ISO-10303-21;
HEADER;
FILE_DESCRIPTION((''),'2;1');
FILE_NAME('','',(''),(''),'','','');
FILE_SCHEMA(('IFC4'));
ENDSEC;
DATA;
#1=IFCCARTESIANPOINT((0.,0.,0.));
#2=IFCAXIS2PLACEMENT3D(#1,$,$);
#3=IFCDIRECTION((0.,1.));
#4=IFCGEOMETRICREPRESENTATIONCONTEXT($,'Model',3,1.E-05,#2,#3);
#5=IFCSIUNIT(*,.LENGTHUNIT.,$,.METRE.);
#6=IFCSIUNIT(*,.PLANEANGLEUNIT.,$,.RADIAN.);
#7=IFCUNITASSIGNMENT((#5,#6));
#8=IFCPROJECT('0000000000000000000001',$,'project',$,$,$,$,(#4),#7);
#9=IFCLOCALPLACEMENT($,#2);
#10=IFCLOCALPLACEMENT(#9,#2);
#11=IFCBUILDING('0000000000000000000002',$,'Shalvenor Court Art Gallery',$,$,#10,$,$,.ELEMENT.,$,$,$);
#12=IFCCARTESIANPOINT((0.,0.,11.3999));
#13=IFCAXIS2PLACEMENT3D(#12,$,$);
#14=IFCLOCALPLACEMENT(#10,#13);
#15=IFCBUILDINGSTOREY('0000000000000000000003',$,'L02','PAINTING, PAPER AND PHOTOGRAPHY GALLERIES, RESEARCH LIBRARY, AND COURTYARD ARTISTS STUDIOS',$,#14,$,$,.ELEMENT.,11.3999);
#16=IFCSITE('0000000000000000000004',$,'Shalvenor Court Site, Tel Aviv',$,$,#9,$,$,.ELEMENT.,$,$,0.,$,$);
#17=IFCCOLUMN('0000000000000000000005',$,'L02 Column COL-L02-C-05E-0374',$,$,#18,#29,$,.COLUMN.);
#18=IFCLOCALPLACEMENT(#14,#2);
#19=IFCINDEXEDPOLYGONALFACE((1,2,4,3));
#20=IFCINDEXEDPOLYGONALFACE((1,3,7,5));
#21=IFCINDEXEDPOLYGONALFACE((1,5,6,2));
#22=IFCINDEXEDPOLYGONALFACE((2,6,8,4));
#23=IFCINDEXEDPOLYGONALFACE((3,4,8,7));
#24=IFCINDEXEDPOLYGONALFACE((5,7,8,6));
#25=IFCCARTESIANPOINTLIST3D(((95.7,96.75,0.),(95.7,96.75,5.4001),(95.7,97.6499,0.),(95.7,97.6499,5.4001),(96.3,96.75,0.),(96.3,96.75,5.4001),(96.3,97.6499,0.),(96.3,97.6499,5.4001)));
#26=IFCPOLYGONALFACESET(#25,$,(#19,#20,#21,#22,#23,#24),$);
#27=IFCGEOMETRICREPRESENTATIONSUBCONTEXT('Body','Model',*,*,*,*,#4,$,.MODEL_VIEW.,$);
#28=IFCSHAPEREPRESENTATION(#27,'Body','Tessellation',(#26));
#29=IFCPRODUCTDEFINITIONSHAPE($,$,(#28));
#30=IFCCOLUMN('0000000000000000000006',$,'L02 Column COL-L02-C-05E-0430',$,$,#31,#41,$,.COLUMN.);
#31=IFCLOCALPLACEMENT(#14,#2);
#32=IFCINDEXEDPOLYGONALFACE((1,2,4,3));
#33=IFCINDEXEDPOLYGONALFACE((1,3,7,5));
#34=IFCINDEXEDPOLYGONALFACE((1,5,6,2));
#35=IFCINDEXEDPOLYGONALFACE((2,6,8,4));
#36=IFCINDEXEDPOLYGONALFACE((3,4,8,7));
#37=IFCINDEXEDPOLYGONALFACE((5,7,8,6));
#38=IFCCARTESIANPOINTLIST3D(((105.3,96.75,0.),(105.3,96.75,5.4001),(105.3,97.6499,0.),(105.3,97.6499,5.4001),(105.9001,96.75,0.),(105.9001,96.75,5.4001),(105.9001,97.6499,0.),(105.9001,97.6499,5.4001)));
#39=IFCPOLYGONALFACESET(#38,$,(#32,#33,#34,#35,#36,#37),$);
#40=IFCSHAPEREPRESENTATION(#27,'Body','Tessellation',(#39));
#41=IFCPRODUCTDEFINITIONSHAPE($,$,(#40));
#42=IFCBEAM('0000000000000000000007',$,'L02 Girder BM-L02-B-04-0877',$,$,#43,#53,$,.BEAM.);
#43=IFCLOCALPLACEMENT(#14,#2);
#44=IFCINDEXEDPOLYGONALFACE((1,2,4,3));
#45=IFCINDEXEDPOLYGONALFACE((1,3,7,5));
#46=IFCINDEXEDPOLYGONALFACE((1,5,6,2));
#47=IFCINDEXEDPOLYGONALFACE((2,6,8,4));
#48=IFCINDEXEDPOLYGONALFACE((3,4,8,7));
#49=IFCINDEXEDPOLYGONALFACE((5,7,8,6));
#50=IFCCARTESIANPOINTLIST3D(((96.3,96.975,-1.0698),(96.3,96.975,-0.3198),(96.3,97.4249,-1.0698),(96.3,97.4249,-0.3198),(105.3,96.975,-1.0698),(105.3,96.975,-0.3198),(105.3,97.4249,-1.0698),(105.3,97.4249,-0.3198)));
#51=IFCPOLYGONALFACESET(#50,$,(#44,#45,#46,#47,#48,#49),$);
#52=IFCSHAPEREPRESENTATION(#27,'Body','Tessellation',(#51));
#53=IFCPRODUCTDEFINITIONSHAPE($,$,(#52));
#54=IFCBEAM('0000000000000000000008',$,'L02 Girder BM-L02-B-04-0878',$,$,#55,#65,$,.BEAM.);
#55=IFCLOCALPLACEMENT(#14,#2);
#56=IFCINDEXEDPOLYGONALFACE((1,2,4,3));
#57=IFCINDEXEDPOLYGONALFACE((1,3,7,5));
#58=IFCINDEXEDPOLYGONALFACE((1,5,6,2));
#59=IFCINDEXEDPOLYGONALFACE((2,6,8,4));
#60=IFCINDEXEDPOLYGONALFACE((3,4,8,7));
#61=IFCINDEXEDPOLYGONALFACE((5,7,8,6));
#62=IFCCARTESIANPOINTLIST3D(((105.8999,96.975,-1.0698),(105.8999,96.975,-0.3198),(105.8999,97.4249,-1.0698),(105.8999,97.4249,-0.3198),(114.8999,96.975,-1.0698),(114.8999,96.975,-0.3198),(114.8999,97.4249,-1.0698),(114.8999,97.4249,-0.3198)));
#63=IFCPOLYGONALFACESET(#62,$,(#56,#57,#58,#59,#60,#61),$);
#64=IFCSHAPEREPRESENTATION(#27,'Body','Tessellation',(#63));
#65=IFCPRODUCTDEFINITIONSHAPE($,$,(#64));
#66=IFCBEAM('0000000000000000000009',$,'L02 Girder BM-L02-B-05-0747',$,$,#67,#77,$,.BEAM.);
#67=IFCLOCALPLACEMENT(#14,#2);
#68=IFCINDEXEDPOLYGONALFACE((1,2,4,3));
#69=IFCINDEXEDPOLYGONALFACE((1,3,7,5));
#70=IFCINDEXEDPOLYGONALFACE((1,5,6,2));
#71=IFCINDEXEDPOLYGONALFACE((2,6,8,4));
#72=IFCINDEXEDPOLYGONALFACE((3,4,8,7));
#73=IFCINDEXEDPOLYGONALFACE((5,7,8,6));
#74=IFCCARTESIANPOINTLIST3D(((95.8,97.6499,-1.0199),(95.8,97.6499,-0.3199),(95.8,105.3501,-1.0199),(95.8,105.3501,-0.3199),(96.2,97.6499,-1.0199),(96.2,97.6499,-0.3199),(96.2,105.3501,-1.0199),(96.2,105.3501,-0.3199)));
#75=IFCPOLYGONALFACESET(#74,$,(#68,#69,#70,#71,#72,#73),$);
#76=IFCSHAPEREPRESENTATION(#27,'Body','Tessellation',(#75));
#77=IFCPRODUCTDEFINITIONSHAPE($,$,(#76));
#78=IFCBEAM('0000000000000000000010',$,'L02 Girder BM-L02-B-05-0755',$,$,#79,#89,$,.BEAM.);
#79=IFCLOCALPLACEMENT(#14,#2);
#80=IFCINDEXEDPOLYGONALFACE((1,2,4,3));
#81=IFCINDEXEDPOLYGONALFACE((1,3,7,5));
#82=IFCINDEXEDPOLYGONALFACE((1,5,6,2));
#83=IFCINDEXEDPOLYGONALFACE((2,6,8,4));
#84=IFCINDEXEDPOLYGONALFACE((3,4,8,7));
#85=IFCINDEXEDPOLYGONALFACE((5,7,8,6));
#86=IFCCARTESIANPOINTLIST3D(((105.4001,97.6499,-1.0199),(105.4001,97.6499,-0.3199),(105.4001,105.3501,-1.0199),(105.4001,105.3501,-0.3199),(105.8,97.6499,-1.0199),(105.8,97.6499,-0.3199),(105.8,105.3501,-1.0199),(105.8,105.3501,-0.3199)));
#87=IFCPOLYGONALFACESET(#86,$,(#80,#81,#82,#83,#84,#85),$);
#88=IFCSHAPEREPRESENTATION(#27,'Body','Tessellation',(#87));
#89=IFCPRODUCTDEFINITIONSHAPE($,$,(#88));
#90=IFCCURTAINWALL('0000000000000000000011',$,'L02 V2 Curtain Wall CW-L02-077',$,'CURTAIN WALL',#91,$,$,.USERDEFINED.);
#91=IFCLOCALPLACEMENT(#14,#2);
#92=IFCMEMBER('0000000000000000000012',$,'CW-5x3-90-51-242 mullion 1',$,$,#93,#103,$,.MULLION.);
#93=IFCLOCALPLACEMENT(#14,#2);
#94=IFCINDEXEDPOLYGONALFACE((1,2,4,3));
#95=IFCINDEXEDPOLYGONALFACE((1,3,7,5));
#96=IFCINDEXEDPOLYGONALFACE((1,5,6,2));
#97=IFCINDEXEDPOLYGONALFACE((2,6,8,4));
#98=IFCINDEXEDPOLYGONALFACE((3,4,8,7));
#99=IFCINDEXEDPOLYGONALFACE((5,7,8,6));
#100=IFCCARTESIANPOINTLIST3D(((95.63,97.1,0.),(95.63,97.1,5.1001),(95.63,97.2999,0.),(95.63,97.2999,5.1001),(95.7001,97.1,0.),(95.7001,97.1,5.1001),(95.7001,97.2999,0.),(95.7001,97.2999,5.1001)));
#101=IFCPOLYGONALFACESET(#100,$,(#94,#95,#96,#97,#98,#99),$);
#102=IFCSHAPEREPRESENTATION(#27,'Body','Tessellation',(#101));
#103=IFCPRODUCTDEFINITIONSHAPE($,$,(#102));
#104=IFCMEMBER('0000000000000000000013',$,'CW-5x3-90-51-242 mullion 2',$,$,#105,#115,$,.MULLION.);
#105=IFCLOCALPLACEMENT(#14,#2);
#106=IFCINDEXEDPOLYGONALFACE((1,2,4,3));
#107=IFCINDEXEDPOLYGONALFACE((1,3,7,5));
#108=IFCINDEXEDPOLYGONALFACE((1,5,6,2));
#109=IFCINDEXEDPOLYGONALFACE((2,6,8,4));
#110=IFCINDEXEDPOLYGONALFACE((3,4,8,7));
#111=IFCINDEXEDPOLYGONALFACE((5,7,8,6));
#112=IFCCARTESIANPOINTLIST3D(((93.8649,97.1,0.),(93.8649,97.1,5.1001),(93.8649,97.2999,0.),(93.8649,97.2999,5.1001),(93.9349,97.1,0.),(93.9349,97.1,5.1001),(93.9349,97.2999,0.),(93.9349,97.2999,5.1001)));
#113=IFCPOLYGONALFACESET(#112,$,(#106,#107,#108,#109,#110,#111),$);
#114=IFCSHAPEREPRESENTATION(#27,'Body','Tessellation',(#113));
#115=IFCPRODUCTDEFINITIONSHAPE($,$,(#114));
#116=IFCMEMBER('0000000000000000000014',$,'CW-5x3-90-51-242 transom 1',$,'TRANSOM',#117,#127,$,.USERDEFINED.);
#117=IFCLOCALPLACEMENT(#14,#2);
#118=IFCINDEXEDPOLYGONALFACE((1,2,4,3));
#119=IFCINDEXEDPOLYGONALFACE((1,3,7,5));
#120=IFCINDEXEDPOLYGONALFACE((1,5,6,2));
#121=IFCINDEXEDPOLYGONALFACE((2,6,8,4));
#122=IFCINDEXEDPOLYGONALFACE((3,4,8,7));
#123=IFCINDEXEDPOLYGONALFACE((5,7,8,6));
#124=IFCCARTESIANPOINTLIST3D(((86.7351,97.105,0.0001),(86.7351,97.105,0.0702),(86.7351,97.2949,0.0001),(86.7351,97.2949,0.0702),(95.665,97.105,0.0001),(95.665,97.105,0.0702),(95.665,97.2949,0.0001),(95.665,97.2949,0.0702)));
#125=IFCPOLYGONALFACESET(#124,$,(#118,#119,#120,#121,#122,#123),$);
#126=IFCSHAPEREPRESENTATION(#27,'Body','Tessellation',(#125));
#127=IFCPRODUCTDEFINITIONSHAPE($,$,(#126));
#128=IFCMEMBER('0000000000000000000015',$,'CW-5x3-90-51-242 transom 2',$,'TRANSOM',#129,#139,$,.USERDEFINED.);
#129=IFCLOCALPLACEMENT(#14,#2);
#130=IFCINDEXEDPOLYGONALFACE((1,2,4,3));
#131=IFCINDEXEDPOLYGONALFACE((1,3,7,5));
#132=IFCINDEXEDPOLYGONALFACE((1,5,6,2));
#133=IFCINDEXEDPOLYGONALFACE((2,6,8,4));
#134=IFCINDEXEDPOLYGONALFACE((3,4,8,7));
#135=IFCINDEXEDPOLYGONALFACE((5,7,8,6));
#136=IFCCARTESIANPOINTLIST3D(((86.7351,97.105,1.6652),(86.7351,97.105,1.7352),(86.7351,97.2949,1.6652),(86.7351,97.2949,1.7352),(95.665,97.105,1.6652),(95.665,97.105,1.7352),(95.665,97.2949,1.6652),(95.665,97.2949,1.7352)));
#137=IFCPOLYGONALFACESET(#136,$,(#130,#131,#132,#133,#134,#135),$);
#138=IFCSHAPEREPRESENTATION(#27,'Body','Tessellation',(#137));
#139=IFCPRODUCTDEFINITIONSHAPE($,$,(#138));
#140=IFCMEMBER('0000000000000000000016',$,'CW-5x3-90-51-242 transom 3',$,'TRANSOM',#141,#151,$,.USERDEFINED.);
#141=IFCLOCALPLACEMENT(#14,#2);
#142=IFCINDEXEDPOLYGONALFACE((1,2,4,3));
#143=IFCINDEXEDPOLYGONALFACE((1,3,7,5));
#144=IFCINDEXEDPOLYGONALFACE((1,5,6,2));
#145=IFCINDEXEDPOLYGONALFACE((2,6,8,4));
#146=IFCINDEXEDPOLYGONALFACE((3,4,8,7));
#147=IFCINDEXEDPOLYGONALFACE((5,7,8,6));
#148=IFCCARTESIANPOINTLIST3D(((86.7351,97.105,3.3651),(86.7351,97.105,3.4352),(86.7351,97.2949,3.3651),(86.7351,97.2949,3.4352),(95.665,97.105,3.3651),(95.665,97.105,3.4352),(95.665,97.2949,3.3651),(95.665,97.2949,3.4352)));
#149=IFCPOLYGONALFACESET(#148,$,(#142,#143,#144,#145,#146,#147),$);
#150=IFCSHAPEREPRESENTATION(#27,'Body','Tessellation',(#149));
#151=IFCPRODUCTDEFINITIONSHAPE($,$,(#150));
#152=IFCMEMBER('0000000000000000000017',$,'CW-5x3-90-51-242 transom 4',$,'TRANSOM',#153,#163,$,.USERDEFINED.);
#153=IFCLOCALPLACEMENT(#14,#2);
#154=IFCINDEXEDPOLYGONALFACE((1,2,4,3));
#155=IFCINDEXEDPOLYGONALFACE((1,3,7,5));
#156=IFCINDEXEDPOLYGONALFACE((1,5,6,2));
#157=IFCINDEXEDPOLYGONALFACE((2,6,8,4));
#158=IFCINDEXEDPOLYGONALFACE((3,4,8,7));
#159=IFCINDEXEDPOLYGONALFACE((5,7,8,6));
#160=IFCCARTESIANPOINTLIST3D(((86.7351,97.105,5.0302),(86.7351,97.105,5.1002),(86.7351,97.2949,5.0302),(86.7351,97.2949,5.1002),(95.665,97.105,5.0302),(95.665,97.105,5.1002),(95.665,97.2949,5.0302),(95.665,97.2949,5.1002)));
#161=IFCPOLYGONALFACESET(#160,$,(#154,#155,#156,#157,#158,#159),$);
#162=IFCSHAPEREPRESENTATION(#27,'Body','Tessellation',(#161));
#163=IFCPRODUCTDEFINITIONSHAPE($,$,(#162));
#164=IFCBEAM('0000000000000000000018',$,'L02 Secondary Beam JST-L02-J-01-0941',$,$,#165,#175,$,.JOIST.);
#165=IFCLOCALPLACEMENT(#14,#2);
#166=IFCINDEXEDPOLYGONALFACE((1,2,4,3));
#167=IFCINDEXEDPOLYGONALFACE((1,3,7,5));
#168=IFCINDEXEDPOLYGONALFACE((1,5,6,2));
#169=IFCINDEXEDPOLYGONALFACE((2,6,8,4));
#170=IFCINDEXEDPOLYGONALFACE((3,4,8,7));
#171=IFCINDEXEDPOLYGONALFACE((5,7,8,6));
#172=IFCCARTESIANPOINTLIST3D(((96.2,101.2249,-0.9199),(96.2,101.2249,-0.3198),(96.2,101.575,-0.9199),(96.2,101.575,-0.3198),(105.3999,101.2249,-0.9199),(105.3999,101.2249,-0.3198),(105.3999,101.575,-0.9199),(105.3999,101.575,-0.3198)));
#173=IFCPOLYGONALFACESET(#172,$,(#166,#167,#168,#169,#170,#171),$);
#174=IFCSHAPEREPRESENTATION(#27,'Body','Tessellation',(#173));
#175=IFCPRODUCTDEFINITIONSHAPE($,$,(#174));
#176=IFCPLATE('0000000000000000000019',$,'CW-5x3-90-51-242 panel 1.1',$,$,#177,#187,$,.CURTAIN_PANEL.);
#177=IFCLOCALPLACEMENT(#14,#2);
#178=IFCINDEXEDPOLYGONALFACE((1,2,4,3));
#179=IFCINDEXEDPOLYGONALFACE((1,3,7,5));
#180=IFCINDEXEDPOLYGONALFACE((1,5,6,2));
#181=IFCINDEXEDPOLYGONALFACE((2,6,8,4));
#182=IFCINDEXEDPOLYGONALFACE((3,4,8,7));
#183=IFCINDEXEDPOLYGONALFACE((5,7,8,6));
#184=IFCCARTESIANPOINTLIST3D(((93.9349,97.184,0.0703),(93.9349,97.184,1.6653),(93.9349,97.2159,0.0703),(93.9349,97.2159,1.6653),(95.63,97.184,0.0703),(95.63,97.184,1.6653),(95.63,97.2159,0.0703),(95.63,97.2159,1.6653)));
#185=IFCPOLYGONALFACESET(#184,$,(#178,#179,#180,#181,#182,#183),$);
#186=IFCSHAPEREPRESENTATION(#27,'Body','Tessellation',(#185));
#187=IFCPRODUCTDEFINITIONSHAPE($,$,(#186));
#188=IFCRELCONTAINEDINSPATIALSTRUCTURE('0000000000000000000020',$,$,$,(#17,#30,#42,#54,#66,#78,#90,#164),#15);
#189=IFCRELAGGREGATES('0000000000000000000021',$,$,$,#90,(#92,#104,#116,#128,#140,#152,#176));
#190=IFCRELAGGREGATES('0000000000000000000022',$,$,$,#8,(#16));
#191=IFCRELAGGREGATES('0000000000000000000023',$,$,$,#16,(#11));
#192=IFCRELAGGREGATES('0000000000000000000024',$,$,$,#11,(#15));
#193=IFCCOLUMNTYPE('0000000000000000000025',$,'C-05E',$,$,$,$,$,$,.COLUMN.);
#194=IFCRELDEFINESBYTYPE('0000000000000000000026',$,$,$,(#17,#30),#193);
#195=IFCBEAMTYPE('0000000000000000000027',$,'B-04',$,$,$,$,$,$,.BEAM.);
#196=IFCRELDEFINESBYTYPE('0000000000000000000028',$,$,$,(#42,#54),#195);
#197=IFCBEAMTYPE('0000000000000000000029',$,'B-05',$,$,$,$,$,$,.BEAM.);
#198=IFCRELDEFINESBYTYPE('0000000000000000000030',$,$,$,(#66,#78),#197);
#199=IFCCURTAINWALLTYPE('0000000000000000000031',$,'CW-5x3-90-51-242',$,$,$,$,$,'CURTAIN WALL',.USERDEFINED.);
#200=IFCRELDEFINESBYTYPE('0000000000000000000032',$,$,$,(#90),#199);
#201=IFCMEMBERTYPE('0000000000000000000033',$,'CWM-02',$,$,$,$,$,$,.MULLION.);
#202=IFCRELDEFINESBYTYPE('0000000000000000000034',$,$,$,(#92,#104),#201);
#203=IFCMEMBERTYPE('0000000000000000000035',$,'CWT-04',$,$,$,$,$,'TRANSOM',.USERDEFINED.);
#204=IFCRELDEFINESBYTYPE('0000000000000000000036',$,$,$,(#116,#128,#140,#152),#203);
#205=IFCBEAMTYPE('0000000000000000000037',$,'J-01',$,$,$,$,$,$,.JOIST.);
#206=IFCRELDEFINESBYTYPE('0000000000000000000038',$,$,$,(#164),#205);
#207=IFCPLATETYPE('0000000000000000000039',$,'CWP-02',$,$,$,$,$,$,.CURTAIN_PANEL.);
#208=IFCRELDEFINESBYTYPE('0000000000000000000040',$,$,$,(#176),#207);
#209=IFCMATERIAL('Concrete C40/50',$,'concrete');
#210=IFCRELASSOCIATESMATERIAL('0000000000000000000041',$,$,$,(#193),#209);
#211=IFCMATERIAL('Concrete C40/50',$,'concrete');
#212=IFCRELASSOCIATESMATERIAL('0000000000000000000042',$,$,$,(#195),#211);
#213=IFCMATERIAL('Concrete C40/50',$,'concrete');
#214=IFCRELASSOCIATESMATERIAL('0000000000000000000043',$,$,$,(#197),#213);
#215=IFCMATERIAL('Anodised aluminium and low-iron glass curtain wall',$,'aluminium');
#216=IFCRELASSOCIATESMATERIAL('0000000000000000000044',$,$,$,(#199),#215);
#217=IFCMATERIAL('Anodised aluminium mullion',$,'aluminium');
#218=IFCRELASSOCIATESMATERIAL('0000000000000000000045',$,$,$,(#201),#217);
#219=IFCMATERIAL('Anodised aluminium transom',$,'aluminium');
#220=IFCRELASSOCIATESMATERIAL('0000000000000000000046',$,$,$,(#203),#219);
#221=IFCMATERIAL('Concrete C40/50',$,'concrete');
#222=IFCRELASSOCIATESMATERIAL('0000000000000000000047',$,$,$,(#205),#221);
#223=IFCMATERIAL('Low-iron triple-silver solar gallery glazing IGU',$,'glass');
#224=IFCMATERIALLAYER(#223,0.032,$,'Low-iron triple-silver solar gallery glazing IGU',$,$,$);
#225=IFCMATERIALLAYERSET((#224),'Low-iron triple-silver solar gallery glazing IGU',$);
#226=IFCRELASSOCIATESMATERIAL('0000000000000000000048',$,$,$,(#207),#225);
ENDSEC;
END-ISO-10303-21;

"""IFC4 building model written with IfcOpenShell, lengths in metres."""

from ifc_helpers import new_model, si_unit, direction, frame, origin, origin_2d, place, context, subcontext, project, spatial, rectangle, extrude, material, layer, layer_set, material_profile, profile_set, type_object, element, aggregate, save


model = new_model("IFC4")

# Units and contexts
model_context = context("Model", 3, precision=1e-05, world=origin(), true_north=direction((0.0, 1.0)))
body_context = subcontext(model_context, "Body", "Model", "MODEL_VIEW")
ifc_project = project(units=[si_unit("LENGTHUNIT", "METRE"), si_unit("PLANEANGLEUNIT", "RADIAN")], contexts=[model_context])

# Site, building, storey
site_placement = place(None, origin())
site = spatial("IfcSite", under=ifc_project, at=site_placement, Name="Shalvenor Court Site, Tel Aviv", CompositionType="ELEMENT", RefElevation=0.0)
building_placement = place(site_placement, origin())
building = spatial("IfcBuilding", under=site, at=building_placement, Name="Shalvenor Court Art Gallery", CompositionType="ELEMENT")
storey_placement = place(building_placement, frame((0.0, 0.0, 11.3999)))
storey = spatial("IfcBuildingStorey", under=building, at=storey_placement, Name="L02", Description="PAINTING, PAPER AND PHOTOGRAPHY GALLERIES, RESEARCH LIBRARY, AND COURTYARD ARTISTS STUDIOS", CompositionType="ELEMENT", Elevation=11.3999)

# Columns
ifc_material_1 = material(Name="Concrete C40/50", Category="concrete")
ifc_material_profile_1 = material_profile(ifc_material_1, rectangle(XDim=0.6001, YDim=0.8999, at=origin_2d()), Name="RC 600x900")
ifc_profile_set_1 = profile_set([ifc_material_profile_1], Name="Concrete C40/50")
column_type = type_object("IfcColumnType", Name="C-05E", PredefinedType="COLUMN", material=ifc_profile_set_1)
for number, where, z_axis, x_axis, name in (
    (1, (96.0, 97.2, 0.0), (0.0, 0.0, 1.0), (1.0, 0.0, 0.0), "L02 Column COL-L02-C-05E-0374"),
    (2, (105.6001, 97.2, 0.0), (0.0, 0.0, 1.0), (1.0, 0.0, 0.0), "L02 Column COL-L02-C-05E-0430"),
):
    element("IfcColumn", number, at=place(storey_placement, frame(where, z_axis=z_axis, x_axis=x_axis)), inside=storey, type_object=column_type, Name=name, PredefinedType="COLUMN", context=body_context, shape_type="SweptSolid", body=[
        extrude(rectangle(XDim=0.6001, YDim=0.8999, at=origin_2d()), origin(), (0.0, 0.0, 1.0), 5.4001),
    ])

# Beams
ifc_material_2 = material(Name="Concrete C40/50", Category="concrete")
ifc_material_profile_2 = material_profile(ifc_material_2, rectangle(XDim=0.45, YDim=0.75, at=origin_2d()), Name="RC 450x750")
ifc_profile_set_2 = profile_set([ifc_material_profile_2], Name="Concrete C40/50")
beam_type_1 = type_object("IfcBeamType", Name="B-04", PredefinedType="BEAM", material=ifc_profile_set_2)
for number, where, z_axis, x_axis, name in (
    (3, (96.3, 97.2, -0.6948), (1.0, 0.0, 0.0), (0.0, 1.0, 0.0), "L02 Girder BM-L02-B-04-0877"),
    (4, (105.8999, 97.2, -0.6948), (1.0, 0.0, 0.0), (0.0, 1.0, 0.0), "L02 Girder BM-L02-B-04-0878"),
):
    element("IfcBeam", number, at=place(storey_placement, frame(where, z_axis=z_axis, x_axis=x_axis)), inside=storey, type_object=beam_type_1, Name=name, PredefinedType="BEAM", context=body_context, shape_type="SweptSolid", body=[
        extrude(rectangle(XDim=0.45, YDim=0.75, at=origin_2d()), origin(), (0.0, 0.0, 1.0), 9.0),
    ])
ifc_material_3 = material(Name="Concrete C40/50", Category="concrete")
ifc_material_profile_3 = material_profile(ifc_material_3, rectangle(XDim=0.3999, YDim=0.7, at=origin_2d()), Name="RC 400x700")
ifc_profile_set_3 = profile_set([ifc_material_profile_3], Name="Concrete C40/50")
beam_type_2 = type_object("IfcBeamType", Name="B-05", PredefinedType="BEAM", material=ifc_profile_set_3)
for number, where, z_axis, x_axis, name in (
    (5, (96.0, 97.6499, -0.6699), (0.0, 1.0, 0.0), (-1.0, 0.0, 0.0), "L02 Girder BM-L02-B-05-0747"),
    (6, (105.6001, 97.6499, -0.6699), (0.0, 1.0, 0.0), (-1.0, 0.0, 0.0), "L02 Girder BM-L02-B-05-0755"),
):
    element("IfcBeam", number, at=place(storey_placement, frame(where, z_axis=z_axis, x_axis=x_axis)), inside=storey, type_object=beam_type_2, Name=name, PredefinedType="BEAM", context=body_context, shape_type="SweptSolid", body=[
        extrude(rectangle(XDim=0.3999, YDim=0.7, at=origin_2d()), origin(), (0.0, 0.0, 1.0), 7.7002),
    ])

# Curtain wall, members
ifc_material_4 = material(Name="Anodised aluminium and low-iron glass curtain wall", Category="aluminium")
curtain_wall_type = type_object("IfcCurtainWallType", Name="CW-5x3-90-51-242", ElementType="CURTAIN WALL", PredefinedType="USERDEFINED", material=ifc_material_4)
curtain_wall_placement = place(storey_placement, origin())
curtain_wall = element("IfcCurtainWall", 7, at=curtain_wall_placement, inside=storey, type_object=curtain_wall_type, Name="L02 V2 Curtain Wall CW-L02-077", ObjectType="CURTAIN WALL", PredefinedType="USERDEFINED")
ifc_material_5 = material(Name="Anodised aluminium mullion", Category="aluminium")
ifc_material_profile_4 = material_profile(ifc_material_5, rectangle(XDim=0.0701, YDim=0.2, at=origin_2d()), Name="CWM-02")
ifc_profile_set_4 = profile_set([ifc_material_profile_4], Name="Anodised aluminium mullion")
member_type_1 = type_object("IfcMemberType", Name="CWM-02", PredefinedType="MULLION", material=ifc_profile_set_4)
member_1_placement = place(storey_placement, frame((95.665, 97.2, 0.0), z_axis=(0.0, 0.0, 1.0), x_axis=(-1.0, 0.0, 0.0)))
member_1 = element("IfcMember", 8, at=member_1_placement, type_object=member_type_1, Name="CW-5x3-90-51-242 mullion 1", PredefinedType="MULLION", context=body_context, shape_type="SweptSolid", body=[
    extrude(rectangle(XDim=0.0701, YDim=0.2, at=origin_2d()), origin(), (0.0, 0.0, 1.0), 5.1001),
])
member_2_placement = place(storey_placement, frame((93.8999, 97.2, 0.0), z_axis=(0.0, 0.0, 1.0), x_axis=(-1.0, 0.0, 0.0)))
member_2 = element("IfcMember", 9, at=member_2_placement, type_object=member_type_1, Name="CW-5x3-90-51-242 mullion 2", PredefinedType="MULLION", context=body_context, shape_type="SweptSolid", body=[
    extrude(rectangle(XDim=0.0701, YDim=0.2, at=origin_2d()), origin(), (0.0, 0.0, 1.0), 5.1001),
])
ifc_material_6 = material(Name="Anodised aluminium transom", Category="aluminium")
ifc_material_profile_5 = material_profile(ifc_material_6, rectangle(XDim=0.1899, YDim=0.0701, at=origin_2d()), Name="CWT-04")
ifc_profile_set_5 = profile_set([ifc_material_profile_5], Name="Anodised aluminium transom")
member_type_2 = type_object("IfcMemberType", Name="CWT-04", ElementType="TRANSOM", PredefinedType="USERDEFINED", material=ifc_profile_set_5)
member_3_placement = place(storey_placement, frame((95.665, 97.2, 0.0352), z_axis=(-1.0, 0.0, 0.0), x_axis=(0.0, -1.0, 0.0)))
member_3 = element("IfcMember", 10, at=member_3_placement, type_object=member_type_2, Name="CW-5x3-90-51-242 transom 1", ObjectType="TRANSOM", PredefinedType="USERDEFINED", context=body_context, shape_type="SweptSolid", body=[
    extrude(rectangle(XDim=0.1899, YDim=0.0701, at=origin_2d()), origin(), (0.0, 0.0, 1.0), 8.9299),
])
member_4_placement = place(storey_placement, frame((95.665, 97.2, 1.7002), z_axis=(-1.0, 0.0, 0.0), x_axis=(0.0, -1.0, 0.0)))
member_4 = element("IfcMember", 11, at=member_4_placement, type_object=member_type_2, Name="CW-5x3-90-51-242 transom 2", ObjectType="TRANSOM", PredefinedType="USERDEFINED", context=body_context, shape_type="SweptSolid", body=[
    extrude(rectangle(XDim=0.1899, YDim=0.0701, at=origin_2d()), origin(), (0.0, 0.0, 1.0), 8.9299),
])
member_5_placement = place(storey_placement, frame((95.665, 97.2, 3.4001), z_axis=(-1.0, 0.0, 0.0), x_axis=(0.0, -1.0, 0.0)))
member_5 = element("IfcMember", 12, at=member_5_placement, type_object=member_type_2, Name="CW-5x3-90-51-242 transom 3", ObjectType="TRANSOM", PredefinedType="USERDEFINED", context=body_context, shape_type="SweptSolid", body=[
    extrude(rectangle(XDim=0.1899, YDim=0.0701, at=origin_2d()), origin(), (0.0, 0.0, 1.0), 8.9299),
])
member_6_placement = place(storey_placement, frame((95.665, 97.2, 5.0652), z_axis=(-1.0, 0.0, 0.0), x_axis=(0.0, -1.0, 0.0)))
member_6 = element("IfcMember", 13, at=member_6_placement, type_object=member_type_2, Name="CW-5x3-90-51-242 transom 4", ObjectType="TRANSOM", PredefinedType="USERDEFINED", context=body_context, shape_type="SweptSolid", body=[
    extrude(rectangle(XDim=0.1899, YDim=0.0701, at=origin_2d()), origin(), (0.0, 0.0, 1.0), 8.9299),
])

# Beam
ifc_material_7 = material(Name="Concrete C40/50", Category="concrete")
ifc_material_profile_6 = material_profile(ifc_material_7, rectangle(XDim=0.3501, YDim=0.6001, at=origin_2d()), Name="RC 350x600")
ifc_profile_set_6 = profile_set([ifc_material_profile_6], Name="Concrete C40/50")
beam_type_3 = type_object("IfcBeamType", Name="J-01", PredefinedType="JOIST", material=ifc_profile_set_6)
beam_placement = place(storey_placement, frame((96.2, 101.3999, -0.6199), z_axis=(1.0, 0.0, 0.0), x_axis=(0.0, 1.0, 0.0)))
element("IfcBeam", 14, at=beam_placement, inside=storey, type_object=beam_type_3, Name="L02 Secondary Beam JST-L02-J-01-0941", PredefinedType="JOIST", context=body_context, shape_type="SweptSolid", body=[
    extrude(rectangle(XDim=0.3501, YDim=0.6001, at=origin_2d()), origin(), (0.0, 0.0, 1.0), 9.2),
])

# Plate
ifc_material_8 = material(Name="Low-iron triple-silver solar gallery glazing IGU", Category="glass")
ifc_layer_1 = layer(ifc_material_8, 0.032, Name="Low-iron triple-silver solar gallery glazing IGU")
ifc_layer_set_1 = layer_set([ifc_layer_1], Name="Low-iron triple-silver solar gallery glazing IGU")
plate_type = type_object("IfcPlateType", Name="CWP-02", PredefinedType="CURTAIN_PANEL", material=ifc_layer_set_1)
plate_1_placement = place(storey_placement, frame((94.7825, 97.2, 0.0703), z_axis=(0.0, 0.0, 1.0), x_axis=(-1.0, 0.0, 0.0)))
plate_1 = element("IfcPlate", 15, at=plate_1_placement, type_object=plate_type, Name="CW-5x3-90-51-242 panel 1.1", PredefinedType="CURTAIN_PANEL", context=body_context, shape_type="SweptSolid", body=[
    extrude(rectangle(XDim=1.6951, YDim=0.032, at=origin_2d()), origin(), (0.0, 0.0, 1.0), 1.595),
])
aggregate(curtain_wall, [member_1, member_2, member_3, member_4, member_5, member_6, plate_1])

save(model, "model.ifc")
